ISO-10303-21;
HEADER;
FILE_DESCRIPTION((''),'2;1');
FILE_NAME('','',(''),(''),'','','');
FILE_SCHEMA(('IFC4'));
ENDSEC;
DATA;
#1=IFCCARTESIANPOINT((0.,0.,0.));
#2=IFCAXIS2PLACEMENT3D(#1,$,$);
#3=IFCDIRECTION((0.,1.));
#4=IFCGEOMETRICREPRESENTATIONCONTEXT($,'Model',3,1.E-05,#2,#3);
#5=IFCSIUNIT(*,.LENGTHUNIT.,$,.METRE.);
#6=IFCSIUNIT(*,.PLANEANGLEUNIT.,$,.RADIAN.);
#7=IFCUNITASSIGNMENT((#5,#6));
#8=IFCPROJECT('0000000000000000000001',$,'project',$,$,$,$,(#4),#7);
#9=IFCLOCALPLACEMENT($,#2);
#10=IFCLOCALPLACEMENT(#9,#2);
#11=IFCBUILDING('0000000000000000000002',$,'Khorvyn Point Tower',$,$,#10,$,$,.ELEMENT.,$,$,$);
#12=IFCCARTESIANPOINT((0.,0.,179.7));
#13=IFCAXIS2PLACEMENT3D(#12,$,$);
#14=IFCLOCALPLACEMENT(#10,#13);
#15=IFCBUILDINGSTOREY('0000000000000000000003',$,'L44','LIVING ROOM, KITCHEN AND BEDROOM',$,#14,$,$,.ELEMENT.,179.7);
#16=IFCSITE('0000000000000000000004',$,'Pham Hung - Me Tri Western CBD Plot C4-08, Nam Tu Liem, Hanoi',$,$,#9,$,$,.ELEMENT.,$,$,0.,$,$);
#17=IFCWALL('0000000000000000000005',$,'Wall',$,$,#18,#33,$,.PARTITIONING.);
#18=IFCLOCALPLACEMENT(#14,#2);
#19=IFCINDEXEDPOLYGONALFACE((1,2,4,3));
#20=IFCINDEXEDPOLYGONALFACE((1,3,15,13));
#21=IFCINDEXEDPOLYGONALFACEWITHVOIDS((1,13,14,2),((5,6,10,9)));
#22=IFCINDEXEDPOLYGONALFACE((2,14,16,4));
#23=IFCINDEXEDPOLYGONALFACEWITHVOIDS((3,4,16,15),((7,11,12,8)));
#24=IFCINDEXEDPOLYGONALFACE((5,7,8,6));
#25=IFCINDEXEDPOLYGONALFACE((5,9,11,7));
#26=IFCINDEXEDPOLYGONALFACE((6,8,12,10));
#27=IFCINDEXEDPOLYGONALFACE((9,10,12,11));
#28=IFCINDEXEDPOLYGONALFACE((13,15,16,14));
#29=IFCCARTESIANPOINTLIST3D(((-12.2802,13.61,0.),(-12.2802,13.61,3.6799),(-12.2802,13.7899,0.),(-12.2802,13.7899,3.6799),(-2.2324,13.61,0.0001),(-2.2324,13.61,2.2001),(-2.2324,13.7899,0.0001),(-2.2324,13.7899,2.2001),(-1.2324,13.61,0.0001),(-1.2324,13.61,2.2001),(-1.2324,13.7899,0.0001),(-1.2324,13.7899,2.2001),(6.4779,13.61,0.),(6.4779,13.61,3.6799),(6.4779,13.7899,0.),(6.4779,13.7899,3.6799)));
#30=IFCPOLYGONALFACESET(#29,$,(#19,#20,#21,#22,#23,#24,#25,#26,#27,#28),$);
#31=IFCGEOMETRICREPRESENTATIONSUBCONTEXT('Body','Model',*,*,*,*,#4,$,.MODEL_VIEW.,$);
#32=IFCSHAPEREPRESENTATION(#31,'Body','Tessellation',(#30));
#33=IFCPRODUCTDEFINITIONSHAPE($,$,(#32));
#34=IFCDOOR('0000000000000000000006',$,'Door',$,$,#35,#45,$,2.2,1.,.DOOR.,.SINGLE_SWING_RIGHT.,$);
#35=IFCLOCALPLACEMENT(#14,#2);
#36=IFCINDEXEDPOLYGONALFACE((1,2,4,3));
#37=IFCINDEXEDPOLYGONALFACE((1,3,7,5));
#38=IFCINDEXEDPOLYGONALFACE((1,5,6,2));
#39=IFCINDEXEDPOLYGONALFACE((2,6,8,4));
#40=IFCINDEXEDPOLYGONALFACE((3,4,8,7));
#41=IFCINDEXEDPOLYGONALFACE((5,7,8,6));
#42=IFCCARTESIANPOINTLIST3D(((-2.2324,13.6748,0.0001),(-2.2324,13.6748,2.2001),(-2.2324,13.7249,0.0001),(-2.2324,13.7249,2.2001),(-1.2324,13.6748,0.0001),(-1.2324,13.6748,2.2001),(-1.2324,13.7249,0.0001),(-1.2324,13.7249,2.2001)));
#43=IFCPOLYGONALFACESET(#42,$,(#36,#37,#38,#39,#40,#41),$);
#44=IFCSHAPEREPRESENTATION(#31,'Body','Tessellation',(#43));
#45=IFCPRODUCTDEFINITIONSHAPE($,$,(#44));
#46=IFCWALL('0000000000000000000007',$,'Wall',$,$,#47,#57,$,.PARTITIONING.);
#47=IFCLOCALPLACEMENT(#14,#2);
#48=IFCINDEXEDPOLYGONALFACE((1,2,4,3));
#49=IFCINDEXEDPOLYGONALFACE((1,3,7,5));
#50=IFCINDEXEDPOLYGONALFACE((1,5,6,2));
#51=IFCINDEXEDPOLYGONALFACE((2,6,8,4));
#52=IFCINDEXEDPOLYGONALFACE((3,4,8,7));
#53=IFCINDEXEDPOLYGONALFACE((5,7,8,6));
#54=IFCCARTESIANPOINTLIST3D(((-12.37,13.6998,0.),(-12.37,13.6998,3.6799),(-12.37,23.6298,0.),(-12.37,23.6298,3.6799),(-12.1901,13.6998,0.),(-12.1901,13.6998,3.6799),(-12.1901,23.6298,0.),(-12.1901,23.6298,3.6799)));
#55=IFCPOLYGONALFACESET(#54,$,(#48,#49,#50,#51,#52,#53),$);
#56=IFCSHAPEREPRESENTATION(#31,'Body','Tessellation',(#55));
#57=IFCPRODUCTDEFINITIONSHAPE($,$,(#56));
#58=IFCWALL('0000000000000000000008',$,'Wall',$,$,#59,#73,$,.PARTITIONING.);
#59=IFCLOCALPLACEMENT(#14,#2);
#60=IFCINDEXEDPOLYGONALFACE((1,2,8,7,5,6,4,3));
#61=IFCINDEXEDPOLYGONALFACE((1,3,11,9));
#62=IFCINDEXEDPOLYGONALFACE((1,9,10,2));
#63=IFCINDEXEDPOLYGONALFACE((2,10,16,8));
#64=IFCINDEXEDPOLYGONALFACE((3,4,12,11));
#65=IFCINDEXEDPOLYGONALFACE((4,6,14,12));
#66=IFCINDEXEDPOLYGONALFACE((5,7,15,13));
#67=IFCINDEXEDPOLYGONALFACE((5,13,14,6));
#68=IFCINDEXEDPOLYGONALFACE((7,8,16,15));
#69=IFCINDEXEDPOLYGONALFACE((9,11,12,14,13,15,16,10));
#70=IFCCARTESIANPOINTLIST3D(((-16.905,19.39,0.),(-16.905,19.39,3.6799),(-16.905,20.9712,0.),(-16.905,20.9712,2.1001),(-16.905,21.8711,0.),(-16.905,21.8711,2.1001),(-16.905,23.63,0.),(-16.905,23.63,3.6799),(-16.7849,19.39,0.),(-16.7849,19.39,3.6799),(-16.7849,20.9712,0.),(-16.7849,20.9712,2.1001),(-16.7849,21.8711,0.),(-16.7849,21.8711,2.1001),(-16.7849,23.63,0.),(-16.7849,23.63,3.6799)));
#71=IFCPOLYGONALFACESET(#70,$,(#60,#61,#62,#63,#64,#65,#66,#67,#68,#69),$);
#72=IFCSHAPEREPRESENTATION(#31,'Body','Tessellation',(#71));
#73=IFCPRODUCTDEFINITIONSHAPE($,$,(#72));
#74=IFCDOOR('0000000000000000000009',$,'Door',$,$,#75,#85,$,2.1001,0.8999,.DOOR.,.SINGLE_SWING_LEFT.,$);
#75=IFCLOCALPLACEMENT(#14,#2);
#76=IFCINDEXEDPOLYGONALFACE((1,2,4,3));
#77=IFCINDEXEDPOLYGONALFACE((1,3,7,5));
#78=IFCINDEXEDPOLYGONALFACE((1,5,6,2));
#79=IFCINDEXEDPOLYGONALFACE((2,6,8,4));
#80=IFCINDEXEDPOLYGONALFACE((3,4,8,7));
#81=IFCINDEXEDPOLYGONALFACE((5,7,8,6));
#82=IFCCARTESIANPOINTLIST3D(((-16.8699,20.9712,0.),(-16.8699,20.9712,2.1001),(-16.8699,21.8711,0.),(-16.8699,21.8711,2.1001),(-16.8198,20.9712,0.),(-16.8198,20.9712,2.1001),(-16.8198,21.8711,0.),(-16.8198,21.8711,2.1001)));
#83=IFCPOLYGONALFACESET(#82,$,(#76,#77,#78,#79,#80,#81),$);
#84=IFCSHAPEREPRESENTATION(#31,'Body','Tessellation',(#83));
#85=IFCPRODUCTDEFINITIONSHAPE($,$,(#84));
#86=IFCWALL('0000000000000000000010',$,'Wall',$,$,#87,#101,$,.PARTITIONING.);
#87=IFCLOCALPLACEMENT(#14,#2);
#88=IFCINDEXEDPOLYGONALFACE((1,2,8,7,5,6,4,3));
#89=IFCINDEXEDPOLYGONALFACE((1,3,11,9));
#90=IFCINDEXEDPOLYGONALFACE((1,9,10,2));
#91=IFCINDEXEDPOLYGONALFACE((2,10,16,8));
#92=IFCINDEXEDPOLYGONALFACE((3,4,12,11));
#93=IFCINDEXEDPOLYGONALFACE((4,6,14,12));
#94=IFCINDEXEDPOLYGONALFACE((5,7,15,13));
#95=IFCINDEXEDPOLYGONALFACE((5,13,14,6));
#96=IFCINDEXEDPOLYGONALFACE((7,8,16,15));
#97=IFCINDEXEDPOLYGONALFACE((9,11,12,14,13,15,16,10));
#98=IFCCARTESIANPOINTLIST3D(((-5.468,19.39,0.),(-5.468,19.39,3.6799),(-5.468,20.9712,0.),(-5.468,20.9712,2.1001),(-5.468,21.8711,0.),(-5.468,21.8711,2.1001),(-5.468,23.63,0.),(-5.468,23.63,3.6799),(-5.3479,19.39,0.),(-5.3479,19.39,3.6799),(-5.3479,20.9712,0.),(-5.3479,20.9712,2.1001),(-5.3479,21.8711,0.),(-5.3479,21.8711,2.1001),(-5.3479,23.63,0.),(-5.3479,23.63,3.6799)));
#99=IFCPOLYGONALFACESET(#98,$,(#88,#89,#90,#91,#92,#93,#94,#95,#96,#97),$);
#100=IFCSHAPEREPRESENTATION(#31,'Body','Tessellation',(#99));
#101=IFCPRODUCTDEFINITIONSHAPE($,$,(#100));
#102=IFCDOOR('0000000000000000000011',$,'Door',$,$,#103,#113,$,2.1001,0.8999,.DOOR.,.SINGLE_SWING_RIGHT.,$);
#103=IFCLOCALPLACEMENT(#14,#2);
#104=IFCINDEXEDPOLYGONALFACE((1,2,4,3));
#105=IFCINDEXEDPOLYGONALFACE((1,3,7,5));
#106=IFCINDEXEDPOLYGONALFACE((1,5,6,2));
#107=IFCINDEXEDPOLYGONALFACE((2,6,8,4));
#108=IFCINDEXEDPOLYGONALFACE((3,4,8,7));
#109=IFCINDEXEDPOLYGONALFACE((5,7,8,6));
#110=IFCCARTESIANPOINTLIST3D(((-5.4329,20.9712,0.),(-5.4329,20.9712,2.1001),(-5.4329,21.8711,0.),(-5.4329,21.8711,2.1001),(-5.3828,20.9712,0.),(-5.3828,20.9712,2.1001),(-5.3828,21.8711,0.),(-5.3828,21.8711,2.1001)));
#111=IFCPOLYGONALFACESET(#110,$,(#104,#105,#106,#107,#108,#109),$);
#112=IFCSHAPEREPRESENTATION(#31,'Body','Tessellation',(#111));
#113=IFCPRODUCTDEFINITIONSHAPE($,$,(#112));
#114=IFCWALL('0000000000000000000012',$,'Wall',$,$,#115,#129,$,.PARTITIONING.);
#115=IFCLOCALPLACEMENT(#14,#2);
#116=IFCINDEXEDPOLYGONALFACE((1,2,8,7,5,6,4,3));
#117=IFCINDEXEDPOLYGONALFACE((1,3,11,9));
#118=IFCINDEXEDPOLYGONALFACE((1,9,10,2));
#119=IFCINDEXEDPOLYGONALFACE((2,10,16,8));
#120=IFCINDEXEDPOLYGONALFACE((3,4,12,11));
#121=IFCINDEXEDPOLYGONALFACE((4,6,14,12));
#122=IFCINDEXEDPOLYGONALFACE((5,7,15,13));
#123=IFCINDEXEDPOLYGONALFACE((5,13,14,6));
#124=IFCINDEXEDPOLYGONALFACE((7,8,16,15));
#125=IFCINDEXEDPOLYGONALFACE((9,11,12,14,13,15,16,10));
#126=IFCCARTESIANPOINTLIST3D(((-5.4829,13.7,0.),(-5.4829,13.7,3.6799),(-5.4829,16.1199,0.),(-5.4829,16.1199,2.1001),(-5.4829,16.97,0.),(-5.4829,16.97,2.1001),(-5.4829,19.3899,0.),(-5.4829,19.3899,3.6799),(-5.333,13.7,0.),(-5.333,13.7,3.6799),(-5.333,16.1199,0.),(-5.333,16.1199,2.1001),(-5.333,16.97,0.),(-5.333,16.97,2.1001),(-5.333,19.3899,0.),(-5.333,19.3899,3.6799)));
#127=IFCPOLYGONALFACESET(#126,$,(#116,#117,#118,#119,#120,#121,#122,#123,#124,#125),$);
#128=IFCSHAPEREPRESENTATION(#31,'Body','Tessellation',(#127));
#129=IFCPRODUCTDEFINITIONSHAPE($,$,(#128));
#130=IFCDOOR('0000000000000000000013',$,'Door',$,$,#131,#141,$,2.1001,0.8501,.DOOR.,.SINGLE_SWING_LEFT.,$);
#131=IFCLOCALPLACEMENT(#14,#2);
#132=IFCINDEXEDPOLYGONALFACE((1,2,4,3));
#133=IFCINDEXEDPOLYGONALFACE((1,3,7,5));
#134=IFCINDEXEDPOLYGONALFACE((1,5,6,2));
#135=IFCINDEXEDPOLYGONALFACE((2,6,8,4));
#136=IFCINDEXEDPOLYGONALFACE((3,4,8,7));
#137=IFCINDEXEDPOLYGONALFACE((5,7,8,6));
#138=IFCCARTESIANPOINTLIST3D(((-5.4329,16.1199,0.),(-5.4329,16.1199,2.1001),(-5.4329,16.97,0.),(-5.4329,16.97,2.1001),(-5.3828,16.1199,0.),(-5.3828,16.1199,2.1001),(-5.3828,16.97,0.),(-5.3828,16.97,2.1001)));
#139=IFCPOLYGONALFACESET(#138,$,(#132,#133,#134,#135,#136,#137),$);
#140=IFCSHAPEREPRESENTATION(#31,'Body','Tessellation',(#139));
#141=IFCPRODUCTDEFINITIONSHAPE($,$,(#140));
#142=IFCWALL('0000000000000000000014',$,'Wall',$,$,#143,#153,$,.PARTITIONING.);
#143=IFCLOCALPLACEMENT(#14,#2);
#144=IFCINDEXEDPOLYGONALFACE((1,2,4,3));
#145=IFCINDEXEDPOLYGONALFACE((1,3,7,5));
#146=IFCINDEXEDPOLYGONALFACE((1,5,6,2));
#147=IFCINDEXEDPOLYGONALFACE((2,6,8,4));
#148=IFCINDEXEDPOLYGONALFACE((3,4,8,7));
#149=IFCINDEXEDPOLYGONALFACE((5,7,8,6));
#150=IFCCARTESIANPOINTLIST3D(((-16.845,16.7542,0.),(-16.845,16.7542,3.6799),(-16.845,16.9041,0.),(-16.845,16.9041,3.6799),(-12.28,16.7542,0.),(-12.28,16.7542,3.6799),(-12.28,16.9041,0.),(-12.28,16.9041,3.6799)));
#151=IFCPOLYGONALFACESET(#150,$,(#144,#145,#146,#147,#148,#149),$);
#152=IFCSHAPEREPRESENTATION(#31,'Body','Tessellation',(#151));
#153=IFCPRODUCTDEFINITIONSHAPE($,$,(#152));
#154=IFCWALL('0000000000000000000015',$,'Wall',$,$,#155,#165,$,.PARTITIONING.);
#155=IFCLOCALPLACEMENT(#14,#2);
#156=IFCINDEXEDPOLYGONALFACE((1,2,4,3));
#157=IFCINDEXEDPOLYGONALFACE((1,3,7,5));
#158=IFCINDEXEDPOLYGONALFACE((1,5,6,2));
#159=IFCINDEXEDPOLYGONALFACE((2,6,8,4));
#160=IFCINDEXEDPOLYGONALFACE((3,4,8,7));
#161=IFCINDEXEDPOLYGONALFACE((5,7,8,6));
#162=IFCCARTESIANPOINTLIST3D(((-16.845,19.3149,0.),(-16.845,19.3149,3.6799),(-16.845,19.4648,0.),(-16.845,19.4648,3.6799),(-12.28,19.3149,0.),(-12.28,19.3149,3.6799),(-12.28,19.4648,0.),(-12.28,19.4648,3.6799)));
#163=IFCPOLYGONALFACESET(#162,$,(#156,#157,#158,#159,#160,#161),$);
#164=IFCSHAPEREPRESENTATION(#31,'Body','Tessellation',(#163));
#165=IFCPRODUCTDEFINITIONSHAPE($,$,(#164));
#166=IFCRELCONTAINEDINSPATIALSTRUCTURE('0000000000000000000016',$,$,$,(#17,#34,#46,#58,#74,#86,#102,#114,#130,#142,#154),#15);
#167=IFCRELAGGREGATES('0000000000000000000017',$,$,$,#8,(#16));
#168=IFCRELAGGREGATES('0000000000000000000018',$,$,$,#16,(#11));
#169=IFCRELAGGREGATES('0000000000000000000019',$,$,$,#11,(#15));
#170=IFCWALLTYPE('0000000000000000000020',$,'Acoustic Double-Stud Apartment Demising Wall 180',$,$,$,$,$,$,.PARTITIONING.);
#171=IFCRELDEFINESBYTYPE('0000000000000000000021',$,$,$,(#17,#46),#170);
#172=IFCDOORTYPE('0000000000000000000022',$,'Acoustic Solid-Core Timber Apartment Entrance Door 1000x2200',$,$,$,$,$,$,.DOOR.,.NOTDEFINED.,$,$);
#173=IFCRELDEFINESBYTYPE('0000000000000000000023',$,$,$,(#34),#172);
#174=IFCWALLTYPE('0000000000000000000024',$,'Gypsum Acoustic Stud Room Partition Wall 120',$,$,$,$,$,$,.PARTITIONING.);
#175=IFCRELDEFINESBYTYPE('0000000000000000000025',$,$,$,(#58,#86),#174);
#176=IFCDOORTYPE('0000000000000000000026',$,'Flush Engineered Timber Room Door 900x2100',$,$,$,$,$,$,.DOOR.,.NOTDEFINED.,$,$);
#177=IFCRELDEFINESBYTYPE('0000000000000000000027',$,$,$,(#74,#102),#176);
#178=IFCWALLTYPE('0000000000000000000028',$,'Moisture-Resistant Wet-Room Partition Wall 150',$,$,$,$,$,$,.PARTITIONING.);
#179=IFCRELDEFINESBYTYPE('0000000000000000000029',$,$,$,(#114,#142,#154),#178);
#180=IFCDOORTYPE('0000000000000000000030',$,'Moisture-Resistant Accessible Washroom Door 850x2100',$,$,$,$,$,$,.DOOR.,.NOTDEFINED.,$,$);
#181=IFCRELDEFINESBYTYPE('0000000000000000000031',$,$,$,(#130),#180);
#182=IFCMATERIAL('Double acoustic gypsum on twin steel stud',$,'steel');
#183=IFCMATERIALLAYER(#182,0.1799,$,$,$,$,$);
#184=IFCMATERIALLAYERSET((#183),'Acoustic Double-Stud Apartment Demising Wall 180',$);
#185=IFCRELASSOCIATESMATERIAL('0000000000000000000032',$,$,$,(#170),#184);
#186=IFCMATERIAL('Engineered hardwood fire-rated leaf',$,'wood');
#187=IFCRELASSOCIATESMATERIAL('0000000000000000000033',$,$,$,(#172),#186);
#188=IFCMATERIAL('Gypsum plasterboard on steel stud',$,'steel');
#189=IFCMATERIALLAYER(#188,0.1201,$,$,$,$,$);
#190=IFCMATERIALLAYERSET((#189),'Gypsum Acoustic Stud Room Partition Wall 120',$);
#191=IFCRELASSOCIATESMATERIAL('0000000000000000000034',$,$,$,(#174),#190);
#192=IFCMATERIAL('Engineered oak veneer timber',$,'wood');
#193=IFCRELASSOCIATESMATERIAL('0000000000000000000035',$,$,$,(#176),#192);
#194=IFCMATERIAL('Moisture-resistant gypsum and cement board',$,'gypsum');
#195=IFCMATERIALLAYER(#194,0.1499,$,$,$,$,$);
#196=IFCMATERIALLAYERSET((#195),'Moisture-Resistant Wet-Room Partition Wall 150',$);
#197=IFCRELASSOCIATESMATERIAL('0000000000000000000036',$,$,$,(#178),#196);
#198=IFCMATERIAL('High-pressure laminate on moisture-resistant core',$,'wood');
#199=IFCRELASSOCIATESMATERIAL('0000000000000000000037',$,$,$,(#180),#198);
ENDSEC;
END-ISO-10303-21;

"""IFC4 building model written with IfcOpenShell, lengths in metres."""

from ifc_helpers import new_model, si_unit, direction, frame, frame_2d, origin, place, context, subcontext, project, spatial, rectangle, extrude, material, layer, layer_set, type_object, element, fill, save


model = new_model("IFC4")

# Units and contexts
model_context = context("Model", 3, precision=1e-05, world=origin(), true_north=direction((0.0, 1.0)))
body_context = subcontext(model_context, "Body", "Model", "MODEL_VIEW")
ifc_project = project(units=[si_unit("LENGTHUNIT", "METRE"), si_unit("PLANEANGLEUNIT", "RADIAN")], contexts=[model_context])

# Site, building, storey
site_placement = place(None, origin())
site = spatial("IfcSite", under=ifc_project, at=site_placement, Name="Pham Hung - Me Tri Western CBD Plot C4-08, Nam Tu Liem, Hanoi", CompositionType="ELEMENT", RefElevation=0.0)
building_placement = place(site_placement, origin())
building = spatial("IfcBuilding", under=site, at=building_placement, Name="Khorvyn Point Tower", CompositionType="ELEMENT")
storey_placement = place(building_placement, frame((0.0, 0.0, 179.7)))
storey = spatial("IfcBuildingStorey", under=building, at=storey_placement, Name="L44", Description="LIVING ROOM, KITCHEN AND BEDROOM", CompositionType="ELEMENT", Elevation=179.7)

# Wall, opening, door
ifc_material_1 = material(Name="Double acoustic gypsum on twin steel stud", Category="steel")
ifc_layer_1 = layer(ifc_material_1, 0.1799)
ifc_layer_set_1 = layer_set([ifc_layer_1], Name="Acoustic Double-Stud Apartment Demising Wall 180")
wall_type_1 = type_object("IfcWallType", Name="Acoustic Double-Stud Apartment Demising Wall 180", PredefinedType="PARTITIONING", material=ifc_layer_set_1)
wall_1_placement = place(storey_placement, frame((-12.28, 13.7, 0.0), z_axis=(0.0, 0.0, 1.0), x_axis=(1.0, 0.0, 0.0)))
wall_1 = element("IfcWall", 1, at=wall_1_placement, inside=storey, type_object=wall_type_1, Name="Wall", PredefinedType="PARTITIONING", context=body_context, shape_type="SweptSolid", body=[
    extrude(rectangle(XDim=18.7581, YDim=0.1799, at=frame_2d((9.3789, 0.0))), origin(), (0.0, 0.0, 1.0), 3.6799),
])
opening_1_placement = place(wall_1_placement, frame((10.0476, 0.0, 0.0)))
opening_1 = element("IfcOpeningElement", 2, at=opening_1_placement, cuts=wall_1, PredefinedType="OPENING", context=body_context, shape_type="SweptSolid", body=[
    extrude(rectangle(XDim=1.0, YDim=2.2, at=frame_2d((0.5, 1.1001))), frame((0.0, 0.0999, 0.0), z_axis=(0.0, -1.0, 0.0), x_axis=(1.0, 0.0, 0.0)), (0.0, 0.0, 1.0), 0.2),
])
ifc_material_2 = material(Name="Engineered hardwood fire-rated leaf", Category="wood")
door_type_1 = type_object("IfcDoorType", Name="Acoustic Solid-Core Timber Apartment Entrance Door 1000x2200", OperationType="NOTDEFINED", PredefinedType="DOOR", material=ifc_material_2)
door_1_placement = place(opening_1_placement, origin())
door_1 = element("IfcDoor", 3, at=door_1_placement, inside=storey, type_object=door_type_1, Name="Door", OperationType="SINGLE_SWING_RIGHT", OverallHeight=2.2, OverallWidth=1.0, PredefinedType="DOOR", context=body_context, shape_type="SweptSolid", body=[
    extrude(rectangle(XDim=1.0, YDim=2.2, at=frame_2d((0.5, 1.1001))), frame((0.0, 0.0249, 0.0), z_axis=(0.0, -1.0, 0.0), x_axis=(1.0, 0.0, 0.0)), (0.0, 0.0, 1.0), 0.05),
])
fill(opening_1, door_1)

# Wall
wall_2_placement = place(storey_placement, frame((-12.28, 13.7, 0.0), z_axis=(0.0, 0.0, 1.0), x_axis=(0.0, 1.0, 0.0)))
element("IfcWall", 4, at=wall_2_placement, inside=storey, type_object=wall_type_1, Name="Wall", PredefinedType="PARTITIONING", context=body_context, shape_type="SweptSolid", body=[
    extrude(rectangle(XDim=9.9299, YDim=0.1799, at=frame_2d((4.9648, 0.0))), origin(), (0.0, 0.0, 1.0), 3.6799),
])

# Walls, openings, doors
ifc_material_3 = material(Name="Gypsum plasterboard on steel stud", Category="steel")
ifc_layer_2 = layer(ifc_material_3, 0.1201)
ifc_layer_set_2 = layer_set([ifc_layer_2], Name="Gypsum Acoustic Stud Room Partition Wall 120")
wall_type_2 = type_object("IfcWallType", Name="Gypsum Acoustic Stud Room Partition Wall 120", PredefinedType="PARTITIONING", material=ifc_layer_set_2)
wall_3_placement = place(storey_placement, frame((-16.845, 19.3899, 0.0), z_axis=(0.0, 0.0, 1.0), x_axis=(0.0, 1.0, 0.0)))
wall_3 = element("IfcWall", 5, at=wall_3_placement, inside=storey, type_object=wall_type_2, Name="Wall", PredefinedType="PARTITIONING", context=body_context, shape_type="SweptSolid", body=[
    extrude(rectangle(XDim=4.24, YDim=0.1201, at=frame_2d((2.1201, 0.0))), origin(), (0.0, 0.0, 1.0), 3.6799),
])
opening_2_placement = place(wall_3_placement, frame((1.5813, 0.0, 0.0)))
opening_2 = element("IfcOpeningElement", 6, at=opening_2_placement, cuts=wall_3, PredefinedType="OPENING", context=body_context, shape_type="SweptSolid", body=[
    extrude(rectangle(XDim=0.8999, YDim=2.1001, at=frame_2d((0.45, 1.05))), frame((0.0, 0.0701, 0.0), z_axis=(0.0, -1.0, 0.0), x_axis=(1.0, 0.0, 0.0)), (0.0, 0.0, 1.0), 0.1401),
])
ifc_material_4 = material(Name="Engineered oak veneer timber", Category="wood")
door_type_2 = type_object("IfcDoorType", Name="Flush Engineered Timber Room Door 900x2100", OperationType="NOTDEFINED", PredefinedType="DOOR", material=ifc_material_4)
door_2_placement = place(opening_2_placement, origin())
door_2 = element("IfcDoor", 7, at=door_2_placement, inside=storey, type_object=door_type_2, Name="Door", OperationType="SINGLE_SWING_LEFT", OverallHeight=2.1001, OverallWidth=0.8999, PredefinedType="DOOR", context=body_context, shape_type="SweptSolid", body=[
    extrude(rectangle(XDim=0.8999, YDim=2.1001, at=frame_2d((0.45, 1.05))), frame((0.0, 0.0249, 0.0), z_axis=(0.0, -1.0, 0.0), x_axis=(1.0, 0.0, 0.0)), (0.0, 0.0, 1.0), 0.05),
])
fill(opening_2, door_2)
wall_4_placement = place(storey_placement, frame((-5.408, 19.3899, 0.0), z_axis=(0.0, 0.0, 1.0), x_axis=(0.0, 1.0, 0.0)))
wall_4 = element("IfcWall", 8, at=wall_4_placement, inside=storey, type_object=wall_type_2, Name="Wall", PredefinedType="PARTITIONING", context=body_context, shape_type="SweptSolid", body=[
    extrude(rectangle(XDim=4.24, YDim=0.1201, at=frame_2d((2.1201, 0.0))), origin(), (0.0, 0.0, 1.0), 3.6799),
])
opening_3_placement = place(wall_4_placement, frame((1.5813, 0.0, 0.0)))
opening_3 = element("IfcOpeningElement", 9, at=opening_3_placement, cuts=wall_4, PredefinedType="OPENING", context=body_context, shape_type="SweptSolid", body=[
    extrude(rectangle(XDim=0.8999, YDim=2.1001, at=frame_2d((0.45, 1.05))), frame((0.0, 0.0701, 0.0), z_axis=(0.0, -1.0, 0.0), x_axis=(1.0, 0.0, 0.0)), (0.0, 0.0, 1.0), 0.1401),
])
door_3_placement = place(opening_3_placement, origin())
door_3 = element("IfcDoor", 10, at=door_3_placement, inside=storey, type_object=door_type_2, Name="Door", OperationType="SINGLE_SWING_RIGHT", OverallHeight=2.1001, OverallWidth=0.8999, PredefinedType="DOOR", context=body_context, shape_type="SweptSolid", body=[
    extrude(rectangle(XDim=0.8999, YDim=2.1001, at=frame_2d((0.45, 1.05))), frame((0.0, 0.0249, 0.0), z_axis=(0.0, -1.0, 0.0), x_axis=(1.0, 0.0, 0.0)), (0.0, 0.0, 1.0), 0.05),
])
fill(opening_3, door_3)
ifc_material_5 = material(Name="Moisture-resistant gypsum and cement board", Category="gypsum")
ifc_layer_3 = layer(ifc_material_5, 0.1499)
ifc_layer_set_3 = layer_set([ifc_layer_3], Name="Moisture-Resistant Wet-Room Partition Wall 150")
wall_type_3 = type_object("IfcWallType", Name="Moisture-Resistant Wet-Room Partition Wall 150", PredefinedType="PARTITIONING", material=ifc_layer_set_3)
wall_5_placement = place(storey_placement, frame((-5.408, 13.7, 0.0), z_axis=(0.0, 0.0, 1.0), x_axis=(0.0, 1.0, 0.0)))
wall_5 = element("IfcWall", 11, at=wall_5_placement, inside=storey, type_object=wall_type_3, Name="Wall", PredefinedType="PARTITIONING", context=body_context, shape_type="SweptSolid", body=[
    extrude(rectangle(XDim=5.6899, YDim=0.1499, at=frame_2d((2.845, 0.0))), origin(), (0.0, 0.0, 1.0), 3.6799),
])
opening_4_placement = place(wall_5_placement, frame((2.4199, 0.0, 0.0)))
opening_4 = element("IfcOpeningElement", 12, at=opening_4_placement, cuts=wall_5, PredefinedType="OPENING", context=body_context, shape_type="SweptSolid", body=[
    extrude(rectangle(XDim=0.8501, YDim=2.1001, at=frame_2d((0.425, 1.05))), frame((0.0, 0.085, 0.0), z_axis=(0.0, -1.0, 0.0), x_axis=(1.0, 0.0, 0.0)), (0.0, 0.0, 1.0), 0.1699),
])
ifc_material_6 = material(Name="High-pressure laminate on moisture-resistant core", Category="wood")
door_type_3 = type_object("IfcDoorType", Name="Moisture-Resistant Accessible Washroom Door 850x2100", OperationType="NOTDEFINED", PredefinedType="DOOR", material=ifc_material_6)
door_4_placement = place(opening_4_placement, origin())
door_4 = element("IfcDoor", 13, at=door_4_placement, inside=storey, type_object=door_type_3, Name="Door", OperationType="SINGLE_SWING_LEFT", OverallHeight=2.1001, OverallWidth=0.8501, PredefinedType="DOOR", context=body_context, shape_type="SweptSolid", body=[
    extrude(rectangle(XDim=0.8501, YDim=2.1001, at=frame_2d((0.425, 1.05))), frame((0.0, 0.0249, 0.0), z_axis=(0.0, -1.0, 0.0), x_axis=(1.0, 0.0, 0.0)), (0.0, 0.0, 1.0), 0.05),
])
fill(opening_4, door_4)

# Walls
for number, where, z_axis, x_axis, name in (
    (14, (-16.845, 16.8291, 0.0), (0.0, 0.0, 1.0), (1.0, 0.0, 0.0), "Wall"),
    (15, (-16.845, 19.3899, 0.0), (0.0, 0.0, 1.0), (1.0, 0.0, 0.0), "Wall"),
):
    element("IfcWall", number, at=place(storey_placement, frame(where, z_axis=z_axis, x_axis=x_axis)), inside=storey, type_object=wall_type_3, Name=name, PredefinedType="PARTITIONING", context=body_context, shape_type="SweptSolid", body=[
        extrude(rectangle(XDim=4.5649, YDim=0.1499, at=frame_2d((2.2825, 0.0))), origin(), (0.0, 0.0, 1.0), 3.6799),
    ])

save(model, "model.ifc")
